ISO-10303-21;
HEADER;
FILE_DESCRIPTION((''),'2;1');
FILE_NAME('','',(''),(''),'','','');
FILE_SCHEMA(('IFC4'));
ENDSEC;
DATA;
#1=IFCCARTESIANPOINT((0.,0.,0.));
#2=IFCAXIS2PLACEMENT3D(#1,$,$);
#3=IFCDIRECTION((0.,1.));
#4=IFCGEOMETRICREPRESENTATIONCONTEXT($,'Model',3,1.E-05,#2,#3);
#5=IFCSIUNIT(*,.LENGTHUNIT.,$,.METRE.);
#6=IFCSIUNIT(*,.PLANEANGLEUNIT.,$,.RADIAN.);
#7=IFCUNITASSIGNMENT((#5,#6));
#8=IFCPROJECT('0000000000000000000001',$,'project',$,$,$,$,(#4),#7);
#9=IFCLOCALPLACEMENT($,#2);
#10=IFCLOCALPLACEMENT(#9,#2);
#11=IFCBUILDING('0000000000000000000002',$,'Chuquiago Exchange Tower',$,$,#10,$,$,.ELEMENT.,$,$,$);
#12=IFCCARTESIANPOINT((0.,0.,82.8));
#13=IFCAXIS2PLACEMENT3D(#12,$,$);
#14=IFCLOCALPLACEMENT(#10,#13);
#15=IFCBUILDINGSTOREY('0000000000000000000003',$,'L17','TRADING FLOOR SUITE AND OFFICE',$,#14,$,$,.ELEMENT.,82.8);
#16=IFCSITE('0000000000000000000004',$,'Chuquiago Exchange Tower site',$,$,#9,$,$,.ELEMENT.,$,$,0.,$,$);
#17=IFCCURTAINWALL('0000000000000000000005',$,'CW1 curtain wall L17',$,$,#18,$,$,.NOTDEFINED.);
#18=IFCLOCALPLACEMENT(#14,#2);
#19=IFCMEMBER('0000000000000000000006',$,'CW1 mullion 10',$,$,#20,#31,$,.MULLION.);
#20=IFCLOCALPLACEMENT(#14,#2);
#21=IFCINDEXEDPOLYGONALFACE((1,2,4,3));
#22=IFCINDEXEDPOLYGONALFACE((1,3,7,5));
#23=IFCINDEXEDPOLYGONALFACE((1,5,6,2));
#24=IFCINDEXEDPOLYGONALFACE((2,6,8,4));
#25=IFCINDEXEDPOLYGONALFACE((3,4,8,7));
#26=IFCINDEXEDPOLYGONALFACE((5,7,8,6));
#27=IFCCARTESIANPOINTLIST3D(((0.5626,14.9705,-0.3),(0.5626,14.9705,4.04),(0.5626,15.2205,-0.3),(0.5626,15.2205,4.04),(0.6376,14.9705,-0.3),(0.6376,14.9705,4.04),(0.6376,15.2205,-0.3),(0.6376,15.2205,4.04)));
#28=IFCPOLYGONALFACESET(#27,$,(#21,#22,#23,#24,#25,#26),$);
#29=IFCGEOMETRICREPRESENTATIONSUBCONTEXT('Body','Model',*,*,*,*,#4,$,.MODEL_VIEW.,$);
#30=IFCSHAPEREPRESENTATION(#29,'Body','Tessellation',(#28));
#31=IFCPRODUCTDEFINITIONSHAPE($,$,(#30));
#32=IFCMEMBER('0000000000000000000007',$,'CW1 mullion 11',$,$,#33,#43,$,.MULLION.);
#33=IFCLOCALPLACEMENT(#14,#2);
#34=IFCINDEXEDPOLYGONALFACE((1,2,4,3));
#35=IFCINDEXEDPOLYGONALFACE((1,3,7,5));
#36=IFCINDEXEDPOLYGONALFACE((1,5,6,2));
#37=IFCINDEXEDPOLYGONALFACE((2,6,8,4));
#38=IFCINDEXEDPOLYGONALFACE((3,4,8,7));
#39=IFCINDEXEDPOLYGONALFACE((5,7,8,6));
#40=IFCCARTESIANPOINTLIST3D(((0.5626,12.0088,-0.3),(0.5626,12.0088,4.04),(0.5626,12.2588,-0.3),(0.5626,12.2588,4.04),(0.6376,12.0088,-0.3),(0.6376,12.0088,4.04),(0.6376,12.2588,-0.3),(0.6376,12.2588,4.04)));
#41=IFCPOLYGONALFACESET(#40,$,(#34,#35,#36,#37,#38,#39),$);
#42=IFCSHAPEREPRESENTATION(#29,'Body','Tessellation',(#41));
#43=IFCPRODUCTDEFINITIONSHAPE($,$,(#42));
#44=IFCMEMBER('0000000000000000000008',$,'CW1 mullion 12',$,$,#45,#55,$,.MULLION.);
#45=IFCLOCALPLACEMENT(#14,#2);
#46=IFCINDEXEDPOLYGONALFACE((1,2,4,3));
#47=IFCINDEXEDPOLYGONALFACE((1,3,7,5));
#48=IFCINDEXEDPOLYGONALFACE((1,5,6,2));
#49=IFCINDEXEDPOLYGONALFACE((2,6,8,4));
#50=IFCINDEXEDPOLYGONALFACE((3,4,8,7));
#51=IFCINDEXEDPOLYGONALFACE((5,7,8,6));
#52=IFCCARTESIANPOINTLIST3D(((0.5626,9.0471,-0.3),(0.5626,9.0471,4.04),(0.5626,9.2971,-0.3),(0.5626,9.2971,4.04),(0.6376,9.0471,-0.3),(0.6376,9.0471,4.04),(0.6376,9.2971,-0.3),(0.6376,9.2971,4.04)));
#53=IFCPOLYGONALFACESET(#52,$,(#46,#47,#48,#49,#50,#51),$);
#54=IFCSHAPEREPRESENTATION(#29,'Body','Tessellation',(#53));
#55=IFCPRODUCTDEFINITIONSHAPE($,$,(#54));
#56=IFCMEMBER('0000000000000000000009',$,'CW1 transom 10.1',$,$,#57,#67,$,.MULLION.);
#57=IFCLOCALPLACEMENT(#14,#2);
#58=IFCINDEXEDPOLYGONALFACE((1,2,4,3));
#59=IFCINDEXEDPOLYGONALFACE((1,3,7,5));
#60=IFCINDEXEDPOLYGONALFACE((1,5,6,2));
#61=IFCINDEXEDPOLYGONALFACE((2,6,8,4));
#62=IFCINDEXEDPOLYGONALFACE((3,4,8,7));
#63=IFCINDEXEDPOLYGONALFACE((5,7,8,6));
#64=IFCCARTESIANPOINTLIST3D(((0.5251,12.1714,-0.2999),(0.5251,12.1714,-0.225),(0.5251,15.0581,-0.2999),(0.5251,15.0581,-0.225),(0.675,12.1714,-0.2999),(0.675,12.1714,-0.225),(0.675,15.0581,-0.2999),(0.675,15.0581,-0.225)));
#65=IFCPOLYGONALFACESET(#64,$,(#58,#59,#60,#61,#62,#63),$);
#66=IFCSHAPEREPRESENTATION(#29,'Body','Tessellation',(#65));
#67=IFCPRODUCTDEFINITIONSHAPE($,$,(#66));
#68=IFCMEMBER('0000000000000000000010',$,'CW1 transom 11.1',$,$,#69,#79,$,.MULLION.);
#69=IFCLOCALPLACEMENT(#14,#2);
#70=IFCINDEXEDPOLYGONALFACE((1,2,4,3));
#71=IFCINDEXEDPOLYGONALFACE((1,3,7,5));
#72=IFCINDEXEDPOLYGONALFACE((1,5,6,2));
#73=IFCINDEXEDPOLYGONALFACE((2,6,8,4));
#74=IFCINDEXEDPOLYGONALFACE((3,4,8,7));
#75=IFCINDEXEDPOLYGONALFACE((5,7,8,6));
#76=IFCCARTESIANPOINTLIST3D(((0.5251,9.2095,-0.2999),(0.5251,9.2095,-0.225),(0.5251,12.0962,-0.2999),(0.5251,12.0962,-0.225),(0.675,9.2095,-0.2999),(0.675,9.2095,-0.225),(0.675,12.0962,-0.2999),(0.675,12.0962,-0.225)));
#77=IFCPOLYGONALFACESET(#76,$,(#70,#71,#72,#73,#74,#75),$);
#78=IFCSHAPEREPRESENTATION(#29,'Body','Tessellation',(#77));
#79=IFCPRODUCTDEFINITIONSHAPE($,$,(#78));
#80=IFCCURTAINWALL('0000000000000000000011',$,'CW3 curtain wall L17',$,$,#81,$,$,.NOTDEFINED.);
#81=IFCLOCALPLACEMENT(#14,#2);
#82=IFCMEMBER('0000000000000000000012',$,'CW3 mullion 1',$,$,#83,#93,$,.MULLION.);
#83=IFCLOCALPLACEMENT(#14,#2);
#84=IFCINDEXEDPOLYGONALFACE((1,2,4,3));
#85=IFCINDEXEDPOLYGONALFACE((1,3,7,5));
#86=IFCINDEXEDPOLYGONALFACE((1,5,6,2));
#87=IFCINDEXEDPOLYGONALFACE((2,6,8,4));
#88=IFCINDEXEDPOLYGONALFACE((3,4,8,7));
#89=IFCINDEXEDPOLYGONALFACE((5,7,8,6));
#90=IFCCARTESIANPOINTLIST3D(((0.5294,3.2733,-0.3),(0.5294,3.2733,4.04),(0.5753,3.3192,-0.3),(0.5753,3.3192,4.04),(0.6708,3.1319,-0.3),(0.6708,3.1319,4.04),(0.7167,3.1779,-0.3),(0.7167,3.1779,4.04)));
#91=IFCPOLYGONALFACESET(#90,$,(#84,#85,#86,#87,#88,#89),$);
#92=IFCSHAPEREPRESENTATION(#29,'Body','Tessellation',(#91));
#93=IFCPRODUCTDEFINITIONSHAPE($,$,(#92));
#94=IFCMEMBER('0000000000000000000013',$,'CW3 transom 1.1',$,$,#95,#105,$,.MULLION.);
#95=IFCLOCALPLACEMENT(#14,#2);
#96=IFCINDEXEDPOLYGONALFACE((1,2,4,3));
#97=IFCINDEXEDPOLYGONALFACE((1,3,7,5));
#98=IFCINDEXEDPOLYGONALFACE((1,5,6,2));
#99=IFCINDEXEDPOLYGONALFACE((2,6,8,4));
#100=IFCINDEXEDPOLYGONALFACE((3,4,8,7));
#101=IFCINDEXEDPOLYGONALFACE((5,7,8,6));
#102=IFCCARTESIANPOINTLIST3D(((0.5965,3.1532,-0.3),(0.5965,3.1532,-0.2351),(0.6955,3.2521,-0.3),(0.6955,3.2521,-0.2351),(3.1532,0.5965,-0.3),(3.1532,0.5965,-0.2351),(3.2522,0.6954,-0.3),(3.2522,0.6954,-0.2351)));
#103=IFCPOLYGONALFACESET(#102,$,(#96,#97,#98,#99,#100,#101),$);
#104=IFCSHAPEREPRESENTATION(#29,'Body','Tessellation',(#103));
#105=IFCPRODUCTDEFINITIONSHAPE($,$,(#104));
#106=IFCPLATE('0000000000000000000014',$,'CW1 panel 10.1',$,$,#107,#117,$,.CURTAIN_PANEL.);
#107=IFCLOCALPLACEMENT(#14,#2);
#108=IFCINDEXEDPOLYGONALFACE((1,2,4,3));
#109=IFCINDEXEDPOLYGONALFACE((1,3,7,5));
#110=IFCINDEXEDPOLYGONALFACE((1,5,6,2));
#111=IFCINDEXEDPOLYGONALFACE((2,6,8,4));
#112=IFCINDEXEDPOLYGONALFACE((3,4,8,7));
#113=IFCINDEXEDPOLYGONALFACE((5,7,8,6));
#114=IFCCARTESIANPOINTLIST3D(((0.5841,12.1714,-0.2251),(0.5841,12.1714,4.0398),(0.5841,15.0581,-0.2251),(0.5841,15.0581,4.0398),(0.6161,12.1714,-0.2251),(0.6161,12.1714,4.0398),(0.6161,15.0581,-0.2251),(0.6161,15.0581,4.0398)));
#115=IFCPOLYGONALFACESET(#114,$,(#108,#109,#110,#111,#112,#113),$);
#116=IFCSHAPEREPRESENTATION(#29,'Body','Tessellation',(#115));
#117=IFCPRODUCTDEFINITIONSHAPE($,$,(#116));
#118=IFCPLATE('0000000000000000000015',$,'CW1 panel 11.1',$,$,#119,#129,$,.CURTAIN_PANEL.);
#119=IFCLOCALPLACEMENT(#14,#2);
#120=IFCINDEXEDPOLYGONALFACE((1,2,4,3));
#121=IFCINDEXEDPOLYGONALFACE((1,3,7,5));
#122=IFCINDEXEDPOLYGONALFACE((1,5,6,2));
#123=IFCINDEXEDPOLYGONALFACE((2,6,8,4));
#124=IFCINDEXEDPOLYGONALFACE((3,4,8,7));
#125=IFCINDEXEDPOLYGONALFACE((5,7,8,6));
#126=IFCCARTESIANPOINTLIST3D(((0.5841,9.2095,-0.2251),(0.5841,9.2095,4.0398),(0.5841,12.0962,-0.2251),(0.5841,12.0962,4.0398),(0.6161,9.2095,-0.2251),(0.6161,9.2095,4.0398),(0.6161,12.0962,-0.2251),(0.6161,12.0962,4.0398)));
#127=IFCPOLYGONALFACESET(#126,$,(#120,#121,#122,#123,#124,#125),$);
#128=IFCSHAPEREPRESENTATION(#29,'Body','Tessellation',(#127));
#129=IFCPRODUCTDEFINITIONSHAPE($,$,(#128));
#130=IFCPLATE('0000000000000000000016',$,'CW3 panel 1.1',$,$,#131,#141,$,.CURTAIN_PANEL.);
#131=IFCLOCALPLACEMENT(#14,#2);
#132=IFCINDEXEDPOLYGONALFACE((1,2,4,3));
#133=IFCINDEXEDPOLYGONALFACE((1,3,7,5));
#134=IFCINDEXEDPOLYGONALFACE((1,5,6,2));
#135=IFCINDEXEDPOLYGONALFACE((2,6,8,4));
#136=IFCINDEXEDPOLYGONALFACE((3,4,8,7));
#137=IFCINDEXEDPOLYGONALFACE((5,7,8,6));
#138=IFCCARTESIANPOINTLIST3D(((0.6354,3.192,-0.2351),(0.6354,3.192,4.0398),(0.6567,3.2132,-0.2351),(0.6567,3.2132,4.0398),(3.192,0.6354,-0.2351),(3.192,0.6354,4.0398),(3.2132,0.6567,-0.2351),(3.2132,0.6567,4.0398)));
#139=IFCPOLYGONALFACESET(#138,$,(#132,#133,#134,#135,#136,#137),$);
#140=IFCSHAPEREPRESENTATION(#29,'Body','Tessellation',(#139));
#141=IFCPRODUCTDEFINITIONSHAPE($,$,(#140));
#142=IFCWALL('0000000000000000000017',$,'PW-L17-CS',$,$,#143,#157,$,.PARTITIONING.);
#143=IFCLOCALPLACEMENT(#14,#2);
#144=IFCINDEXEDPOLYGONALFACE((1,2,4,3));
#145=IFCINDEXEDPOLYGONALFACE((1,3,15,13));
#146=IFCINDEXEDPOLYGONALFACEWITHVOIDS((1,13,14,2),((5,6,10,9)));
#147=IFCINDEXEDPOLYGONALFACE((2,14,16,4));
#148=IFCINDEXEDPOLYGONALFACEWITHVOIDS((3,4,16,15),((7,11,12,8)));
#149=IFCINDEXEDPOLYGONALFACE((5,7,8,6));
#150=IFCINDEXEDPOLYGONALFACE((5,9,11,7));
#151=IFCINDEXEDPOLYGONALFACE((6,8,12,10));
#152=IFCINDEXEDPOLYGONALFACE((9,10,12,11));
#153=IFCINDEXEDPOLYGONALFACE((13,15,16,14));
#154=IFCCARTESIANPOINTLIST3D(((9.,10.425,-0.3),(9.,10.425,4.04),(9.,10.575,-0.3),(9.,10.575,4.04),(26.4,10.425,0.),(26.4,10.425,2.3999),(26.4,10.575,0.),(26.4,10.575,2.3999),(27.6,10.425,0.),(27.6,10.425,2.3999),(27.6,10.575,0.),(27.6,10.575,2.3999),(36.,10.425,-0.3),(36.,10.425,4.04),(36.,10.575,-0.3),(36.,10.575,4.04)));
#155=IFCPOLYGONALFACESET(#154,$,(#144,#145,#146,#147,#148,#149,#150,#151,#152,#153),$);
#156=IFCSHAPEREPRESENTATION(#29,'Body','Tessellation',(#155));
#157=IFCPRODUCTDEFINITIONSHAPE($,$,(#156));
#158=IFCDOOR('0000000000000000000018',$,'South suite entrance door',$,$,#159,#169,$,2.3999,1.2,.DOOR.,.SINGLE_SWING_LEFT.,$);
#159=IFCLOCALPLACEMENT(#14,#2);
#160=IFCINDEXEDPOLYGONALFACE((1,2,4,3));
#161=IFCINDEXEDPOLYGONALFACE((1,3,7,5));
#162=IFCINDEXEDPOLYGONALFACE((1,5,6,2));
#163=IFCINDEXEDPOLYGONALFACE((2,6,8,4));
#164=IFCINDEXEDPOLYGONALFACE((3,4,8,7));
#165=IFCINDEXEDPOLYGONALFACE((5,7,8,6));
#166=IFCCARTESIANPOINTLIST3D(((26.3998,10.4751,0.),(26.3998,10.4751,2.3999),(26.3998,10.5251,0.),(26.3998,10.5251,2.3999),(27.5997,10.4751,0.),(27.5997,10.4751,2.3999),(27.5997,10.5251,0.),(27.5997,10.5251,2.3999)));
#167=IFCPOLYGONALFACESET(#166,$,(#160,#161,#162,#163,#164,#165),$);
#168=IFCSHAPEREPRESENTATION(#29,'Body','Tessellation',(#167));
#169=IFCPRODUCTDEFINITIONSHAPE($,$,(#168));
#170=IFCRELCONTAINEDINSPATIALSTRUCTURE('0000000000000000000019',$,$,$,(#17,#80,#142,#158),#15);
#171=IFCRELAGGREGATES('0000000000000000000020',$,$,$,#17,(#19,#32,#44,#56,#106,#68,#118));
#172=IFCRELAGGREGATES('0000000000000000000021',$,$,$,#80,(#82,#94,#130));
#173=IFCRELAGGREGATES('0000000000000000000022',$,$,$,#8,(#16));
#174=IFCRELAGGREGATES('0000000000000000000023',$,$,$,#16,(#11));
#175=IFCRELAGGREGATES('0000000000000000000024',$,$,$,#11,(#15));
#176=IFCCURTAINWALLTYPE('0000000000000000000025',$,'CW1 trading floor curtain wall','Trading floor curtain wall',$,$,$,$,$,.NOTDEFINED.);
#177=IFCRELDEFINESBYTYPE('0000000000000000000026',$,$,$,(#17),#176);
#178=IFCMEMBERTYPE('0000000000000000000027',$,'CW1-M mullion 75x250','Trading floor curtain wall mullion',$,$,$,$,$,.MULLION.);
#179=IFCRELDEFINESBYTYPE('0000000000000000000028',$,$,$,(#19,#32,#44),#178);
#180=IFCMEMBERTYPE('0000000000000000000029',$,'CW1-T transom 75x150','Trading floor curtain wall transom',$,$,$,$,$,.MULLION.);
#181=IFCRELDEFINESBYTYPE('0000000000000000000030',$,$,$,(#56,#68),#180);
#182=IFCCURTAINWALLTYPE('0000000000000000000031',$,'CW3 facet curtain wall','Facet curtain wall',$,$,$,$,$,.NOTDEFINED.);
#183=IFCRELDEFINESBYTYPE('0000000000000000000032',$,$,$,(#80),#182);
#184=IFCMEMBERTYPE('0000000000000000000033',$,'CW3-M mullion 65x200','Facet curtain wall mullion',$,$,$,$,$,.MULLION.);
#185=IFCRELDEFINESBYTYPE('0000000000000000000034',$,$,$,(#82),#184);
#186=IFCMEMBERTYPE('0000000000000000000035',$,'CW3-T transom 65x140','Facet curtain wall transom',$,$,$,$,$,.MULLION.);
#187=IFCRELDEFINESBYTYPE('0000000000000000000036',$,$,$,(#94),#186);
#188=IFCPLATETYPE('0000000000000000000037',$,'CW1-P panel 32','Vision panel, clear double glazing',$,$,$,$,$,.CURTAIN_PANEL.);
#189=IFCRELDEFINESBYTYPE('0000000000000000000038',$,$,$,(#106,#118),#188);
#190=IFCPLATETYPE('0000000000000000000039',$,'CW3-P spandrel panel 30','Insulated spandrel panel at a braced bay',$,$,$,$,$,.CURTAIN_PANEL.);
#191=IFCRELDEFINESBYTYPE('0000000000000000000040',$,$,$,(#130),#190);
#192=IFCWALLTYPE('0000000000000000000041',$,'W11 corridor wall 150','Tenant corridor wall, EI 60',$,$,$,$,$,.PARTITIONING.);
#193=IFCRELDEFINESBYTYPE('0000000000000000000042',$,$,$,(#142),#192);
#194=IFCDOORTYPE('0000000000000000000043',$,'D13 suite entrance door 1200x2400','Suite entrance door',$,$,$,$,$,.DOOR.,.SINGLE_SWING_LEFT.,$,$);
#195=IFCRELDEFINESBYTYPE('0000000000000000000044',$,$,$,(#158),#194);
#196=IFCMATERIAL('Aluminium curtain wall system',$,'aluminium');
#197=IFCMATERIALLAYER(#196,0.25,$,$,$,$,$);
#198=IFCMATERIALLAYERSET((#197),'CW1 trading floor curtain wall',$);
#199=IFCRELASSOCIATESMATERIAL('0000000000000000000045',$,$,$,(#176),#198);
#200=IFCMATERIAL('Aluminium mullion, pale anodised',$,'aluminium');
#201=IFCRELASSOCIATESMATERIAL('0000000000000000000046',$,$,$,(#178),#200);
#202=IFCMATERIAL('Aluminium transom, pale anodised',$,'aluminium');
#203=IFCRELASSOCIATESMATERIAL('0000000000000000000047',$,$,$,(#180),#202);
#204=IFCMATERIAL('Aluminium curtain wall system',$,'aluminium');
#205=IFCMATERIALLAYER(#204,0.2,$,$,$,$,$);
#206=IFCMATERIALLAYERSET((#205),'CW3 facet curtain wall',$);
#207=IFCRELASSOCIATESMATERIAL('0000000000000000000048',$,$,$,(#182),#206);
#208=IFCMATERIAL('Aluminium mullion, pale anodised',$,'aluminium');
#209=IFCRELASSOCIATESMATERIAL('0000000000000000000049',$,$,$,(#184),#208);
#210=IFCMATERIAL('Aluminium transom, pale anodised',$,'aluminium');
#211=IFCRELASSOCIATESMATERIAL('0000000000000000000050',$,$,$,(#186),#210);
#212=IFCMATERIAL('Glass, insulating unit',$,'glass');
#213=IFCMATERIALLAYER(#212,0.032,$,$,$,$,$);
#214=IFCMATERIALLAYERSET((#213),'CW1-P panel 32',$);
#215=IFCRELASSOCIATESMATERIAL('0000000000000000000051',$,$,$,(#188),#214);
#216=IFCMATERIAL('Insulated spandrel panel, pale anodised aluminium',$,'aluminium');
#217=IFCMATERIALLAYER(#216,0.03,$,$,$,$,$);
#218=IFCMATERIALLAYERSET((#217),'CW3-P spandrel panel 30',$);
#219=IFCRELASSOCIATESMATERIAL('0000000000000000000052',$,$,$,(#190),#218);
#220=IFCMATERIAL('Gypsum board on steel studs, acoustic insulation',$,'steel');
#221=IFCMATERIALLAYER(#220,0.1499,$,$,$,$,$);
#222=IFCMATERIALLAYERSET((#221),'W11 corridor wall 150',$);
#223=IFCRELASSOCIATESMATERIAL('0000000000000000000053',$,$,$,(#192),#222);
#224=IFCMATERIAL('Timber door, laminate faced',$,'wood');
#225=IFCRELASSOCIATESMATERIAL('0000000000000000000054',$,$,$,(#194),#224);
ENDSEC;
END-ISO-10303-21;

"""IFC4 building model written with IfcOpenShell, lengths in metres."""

from ifc_helpers import new_model, si_unit, direction, frame, frame_2d, origin, origin_2d, place, context, subcontext, project, spatial, rectangle, extrude, material, layer, layer_set, material_profile, profile_set, type_object, element, fill, aggregate, save


model = new_model("IFC4")

# Units and contexts
model_context = context("Model", 3, precision=1e-05, world=origin(), true_north=direction((0.0, 1.0)))
body_context = subcontext(model_context, "Body", "Model", "MODEL_VIEW")
ifc_project = project(units=[si_unit("LENGTHUNIT", "METRE"), si_unit("PLANEANGLEUNIT", "RADIAN")], contexts=[model_context])

# Site, building, storey
site_placement = place(None, origin())
site = spatial("IfcSite", under=ifc_project, at=site_placement, Name="Chuquiago Exchange Tower site", CompositionType="ELEMENT", RefElevation=0.0)
building_placement = place(site_placement, origin())
building = spatial("IfcBuilding", under=site, at=building_placement, Name="Chuquiago Exchange Tower", CompositionType="ELEMENT")
storey_placement = place(building_placement, frame((0.0, 0.0, 82.8)))
storey = spatial("IfcBuildingStorey", under=building, at=storey_placement, Name="L17", Description="TRADING FLOOR SUITE AND OFFICE", CompositionType="ELEMENT", Elevation=82.8)

# Curtain walls, members
ifc_material_1 = material(Name="Aluminium curtain wall system", Category="aluminium")
ifc_layer_1 = layer(ifc_material_1, 0.25)
ifc_layer_set_1 = layer_set([ifc_layer_1], Name="CW1 trading floor curtain wall")
curtain_wall_type_1 = type_object("IfcCurtainWallType", Name="CW1 trading floor curtain wall", Description="Trading floor curtain wall", PredefinedType="NOTDEFINED", material=ifc_layer_set_1)
curtain_wall_1_placement = place(storey_placement, origin())
curtain_wall_1 = element("IfcCurtainWall", 1, at=curtain_wall_1_placement, inside=storey, type_object=curtain_wall_type_1, Name="CW1 curtain wall L17", PredefinedType="NOTDEFINED")
ifc_material_2 = material(Name="Aluminium mullion, pale anodised", Category="aluminium")
ifc_material_profile_1 = material_profile(ifc_material_2, rectangle(XDim=0.075, YDim=0.25, at=origin_2d()), Name="AL 75x250")
ifc_profile_set_1 = profile_set([ifc_material_profile_1], Name="Aluminium mullion, pale anodised")
member_type_1 = type_object("IfcMemberType", Name="CW1-M mullion 75x250", Description="Trading floor curtain wall mullion", PredefinedType="MULLION", material=ifc_profile_set_1)
member_1_placement = place(storey_placement, frame((0.6001, 15.0955, -0.3), z_axis=(0.0, 0.0, 1.0), x_axis=(1.0, 0.0, 0.0)))
member_1 = element("IfcMember", 2, at=member_1_placement, type_object=member_type_1, Name="CW1 mullion 10", PredefinedType="MULLION", context=body_context, shape_type="SweptSolid", body=[
    extrude(rectangle(XDim=0.075, YDim=0.25, at=origin_2d()), origin(), (0.0, 0.0, 1.0), 4.3401),
])
member_2_placement = place(storey_placement, frame((0.6001, 12.1338, -0.3), z_axis=(0.0, 0.0, 1.0), x_axis=(1.0, 0.0, 0.0)))
member_2 = element("IfcMember", 3, at=member_2_placement, type_object=member_type_1, Name="CW1 mullion 11", PredefinedType="MULLION", context=body_context, shape_type="SweptSolid", body=[
    extrude(rectangle(XDim=0.075, YDim=0.25, at=origin_2d()), origin(), (0.0, 0.0, 1.0), 4.3401),
])
member_3_placement = place(storey_placement, frame((0.6001, 9.1721, -0.3), z_axis=(0.0, 0.0, 1.0), x_axis=(1.0, 0.0, 0.0)))
member_3 = element("IfcMember", 4, at=member_3_placement, type_object=member_type_1, Name="CW1 mullion 12", PredefinedType="MULLION", context=body_context, shape_type="SweptSolid", body=[
    extrude(rectangle(XDim=0.075, YDim=0.25, at=origin_2d()), origin(), (0.0, 0.0, 1.0), 4.3401),
])
ifc_material_3 = material(Name="Aluminium transom, pale anodised", Category="aluminium")
ifc_material_profile_2 = material_profile(ifc_material_3, rectangle(XDim=0.1499, YDim=0.075, at=origin_2d()), Name="AL 150x75")
ifc_profile_set_2 = profile_set([ifc_material_profile_2], Name="Aluminium transom, pale anodised")
member_type_2 = type_object("IfcMemberType", Name="CW1-T transom 75x150", Description="Trading floor curtain wall transom", PredefinedType="MULLION", material=ifc_profile_set_2)
member_4_placement = place(storey_placement, frame((0.6001, 15.0581, -0.2625), z_axis=(0.0, -1.0, 0.0), x_axis=(1.0, 0.0, 0.0)))
member_4 = element("IfcMember", 5, at=member_4_placement, type_object=member_type_2, Name="CW1 transom 10.1", PredefinedType="MULLION", context=body_context, shape_type="SweptSolid", body=[
    extrude(rectangle(XDim=0.1499, YDim=0.075, at=origin_2d()), origin(), (0.0, 0.0, 1.0), 2.8867),
])
member_5_placement = place(storey_placement, frame((0.6001, 12.0962, -0.2625), z_axis=(0.0, -1.0, 0.0), x_axis=(1.0, 0.0, 0.0)))
member_5 = element("IfcMember", 6, at=member_5_placement, type_object=member_type_2, Name="CW1 transom 11.1", PredefinedType="MULLION", context=body_context, shape_type="SweptSolid", body=[
    extrude(rectangle(XDim=0.1499, YDim=0.075, at=origin_2d()), origin(), (0.0, 0.0, 1.0), 2.8867),
])
ifc_material_4 = material(Name="Aluminium curtain wall system", Category="aluminium")
ifc_layer_2 = layer(ifc_material_4, 0.2)
ifc_layer_set_2 = layer_set([ifc_layer_2], Name="CW3 facet curtain wall")
curtain_wall_type_2 = type_object("IfcCurtainWallType", Name="CW3 facet curtain wall", Description="Facet curtain wall", PredefinedType="NOTDEFINED", material=ifc_layer_set_2)
curtain_wall_2_placement = place(storey_placement, origin())
curtain_wall_2 = element("IfcCurtainWall", 7, at=curtain_wall_2_placement, inside=storey, type_object=curtain_wall_type_2, Name="CW3 curtain wall L17", PredefinedType="NOTDEFINED")
ifc_material_5 = material(Name="Aluminium mullion, pale anodised", Category="aluminium")
ifc_material_profile_3 = material_profile(ifc_material_5, rectangle(XDim=0.0649, YDim=0.2, at=origin_2d()), Name="AL 65x200")
ifc_profile_set_3 = profile_set([ifc_material_profile_3], Name="Aluminium mullion, pale anodised")
member_type_3 = type_object("IfcMemberType", Name="CW3-M mullion 65x200", Description="Facet curtain wall mullion", PredefinedType="MULLION", material=ifc_profile_set_3)
member_6_placement = place(storey_placement, frame((0.623, 3.2256, -0.3), z_axis=(0.0, 0.0, 1.0), x_axis=(0.707107, 0.707107, 0.0)))
member_6 = element("IfcMember", 8, at=member_6_placement, type_object=member_type_3, Name="CW3 mullion 1", PredefinedType="MULLION", context=body_context, shape_type="SweptSolid", body=[
    extrude(rectangle(XDim=0.0649, YDim=0.2, at=origin_2d()), origin(), (0.0, 0.0, 1.0), 4.3401),
])
ifc_material_6 = material(Name="Aluminium transom, pale anodised", Category="aluminium")
ifc_material_profile_4 = material_profile(ifc_material_6, rectangle(XDim=0.1399, YDim=0.0649, at=origin_2d()), Name="AL 140x65")
ifc_profile_set_4 = profile_set([ifc_material_profile_4], Name="Aluminium transom, pale anodised")
member_type_4 = type_object("IfcMemberType", Name="CW3-T transom 65x140", Description="Facet curtain wall transom", PredefinedType="MULLION", material=ifc_profile_set_4)
member_7_placement = place(storey_placement, frame((0.646, 3.2026, -0.2676), z_axis=(0.707107, -0.707107, 0.0), x_axis=(0.707107, 0.707107, 0.0)))
member_7 = element("IfcMember", 9, at=member_7_placement, type_object=member_type_4, Name="CW3 transom 1.1", PredefinedType="MULLION", context=body_context, shape_type="SweptSolid", body=[
    extrude(rectangle(XDim=0.1399, YDim=0.0649, at=origin_2d()), origin(), (0.0, 0.0, 1.0), 3.6157),
])

# Plates
ifc_material_7 = material(Name="Glass, insulating unit", Category="glass")
ifc_layer_3 = layer(ifc_material_7, 0.032)
ifc_layer_set_3 = layer_set([ifc_layer_3], Name="CW1-P panel 32")
plate_type_1 = type_object("IfcPlateType", Name="CW1-P panel 32", Description="Vision panel, clear double glazing", PredefinedType="CURTAIN_PANEL", material=ifc_layer_set_3)
plate_1_placement = place(storey_placement, frame((0.6001, 13.6147, -0.2251), z_axis=(0.0, 0.0, 1.0), x_axis=(0.0, -1.0, 0.0)))
plate_1 = element("IfcPlate", 10, at=plate_1_placement, type_object=plate_type_1, Name="CW1 panel 10.1", PredefinedType="CURTAIN_PANEL", context=body_context, shape_type="SweptSolid", body=[
    extrude(rectangle(XDim=2.8867, YDim=0.032, at=origin_2d()), origin(), (0.0, 0.0, 1.0), 4.2649),
])
plate_2_placement = place(storey_placement, frame((0.6001, 10.6528, -0.2251), z_axis=(0.0, 0.0, 1.0), x_axis=(0.0, -1.0, 0.0)))
plate_2 = element("IfcPlate", 11, at=plate_2_placement, type_object=plate_type_1, Name="CW1 panel 11.1", PredefinedType="CURTAIN_PANEL", context=body_context, shape_type="SweptSolid", body=[
    extrude(rectangle(XDim=2.8867, YDim=0.032, at=origin_2d()), origin(), (0.0, 0.0, 1.0), 4.2649),
])
aggregate(curtain_wall_1, [member_1, member_2, member_3, member_4, plate_1, member_5, plate_2])
ifc_material_8 = material(Name="Insulated spandrel panel, pale anodised aluminium", Category="aluminium")
ifc_layer_4 = layer(ifc_material_8, 0.03)
ifc_layer_set_4 = layer_set([ifc_layer_4], Name="CW3-P spandrel panel 30")
plate_type_2 = type_object("IfcPlateType", Name="CW3-P spandrel panel 30", Description="Insulated spandrel panel at a braced bay", PredefinedType="CURTAIN_PANEL", material=ifc_layer_set_4)
plate_3_placement = place(storey_placement, frame((1.9243, 1.9243, -0.2351), z_axis=(0.0, 0.0, 1.0), x_axis=(0.707107, -0.707107, 0.0)))
plate_3 = element("IfcPlate", 12, at=plate_3_placement, type_object=plate_type_2, Name="CW3 panel 1.1", PredefinedType="CURTAIN_PANEL", context=body_context, shape_type="SweptSolid", body=[
    extrude(rectangle(XDim=3.6155, YDim=0.03, at=origin_2d()), origin(), (0.0, 0.0, 1.0), 4.2749),
])
aggregate(curtain_wall_2, [member_6, member_7, plate_3])

# Wall, opening, door
ifc_material_9 = material(Name="Gypsum board on steel studs, acoustic insulation", Category="steel")
ifc_layer_5 = layer(ifc_material_9, 0.1499)
ifc_layer_set_5 = layer_set([ifc_layer_5], Name="W11 corridor wall 150")
wall_type_1 = type_object("IfcWallType", Name="W11 corridor wall 150", Description="Tenant corridor wall, EI 60", PredefinedType="PARTITIONING", material=ifc_layer_set_5)
wall_1_placement = place(storey_placement, frame((9.0, 10.5, -0.3), z_axis=(0.0, 0.0, 1.0), x_axis=(1.0, 0.0, 0.0)))
wall_1 = element("IfcWall", 13, at=wall_1_placement, inside=storey, type_object=wall_type_1, Name="PW-L17-CS", PredefinedType="PARTITIONING", context=body_context, shape_type="SweptSolid", body=[
    extrude(rectangle(XDim=27.0, YDim=0.1499, at=frame_2d((13.5, 0.0))), origin(), (0.0, 0.0, 1.0), 4.3401),
])
opening_1_placement = place(wall_1_placement, frame((17.3999, 0.0, 0.3)))
opening_1 = element("IfcOpeningElement", 14, at=opening_1_placement, cuts=wall_1, PredefinedType="OPENING", context=body_context, shape_type="SweptSolid", body=[
    extrude(rectangle(XDim=1.2, YDim=2.3999, at=frame_2d((0.6001, 1.2))), frame((0.0, 0.085, 0.0), z_axis=(0.0, -1.0, 0.0), x_axis=(1.0, 0.0, 0.0)), (0.0, 0.0, 1.0), 0.1699),
])
ifc_material_10 = material(Name="Timber door, laminate faced", Category="wood")
door_type_1 = type_object("IfcDoorType", Name="D13 suite entrance door 1200x2400", Description="Suite entrance door", OperationType="SINGLE_SWING_LEFT", PredefinedType="DOOR", material=ifc_material_10)
door_1_placement = place(opening_1_placement, frame((1.2, 0.0, 0.0), z_axis=(0.0, 0.0, 1.0), x_axis=(-1.0, 0.0, 0.0)))
door_1 = element("IfcDoor", 15, at=door_1_placement, inside=storey, type_object=door_type_1, Name="South suite entrance door", OperationType="SINGLE_SWING_LEFT", OverallHeight=2.3999, OverallWidth=1.2, PredefinedType="DOOR", context=body_context, shape_type="SweptSolid", body=[
    extrude(rectangle(XDim=1.2, YDim=2.3999, at=frame_2d((0.6001, 1.2))), frame((0.0, 0.0249, 0.0), z_axis=(0.0, -1.0, 0.0), x_axis=(1.0, 0.0, 0.0)), (0.0, 0.0, 1.0), 0.05),
])
fill(opening_1, door_1)

save(model, "model.ifc")
